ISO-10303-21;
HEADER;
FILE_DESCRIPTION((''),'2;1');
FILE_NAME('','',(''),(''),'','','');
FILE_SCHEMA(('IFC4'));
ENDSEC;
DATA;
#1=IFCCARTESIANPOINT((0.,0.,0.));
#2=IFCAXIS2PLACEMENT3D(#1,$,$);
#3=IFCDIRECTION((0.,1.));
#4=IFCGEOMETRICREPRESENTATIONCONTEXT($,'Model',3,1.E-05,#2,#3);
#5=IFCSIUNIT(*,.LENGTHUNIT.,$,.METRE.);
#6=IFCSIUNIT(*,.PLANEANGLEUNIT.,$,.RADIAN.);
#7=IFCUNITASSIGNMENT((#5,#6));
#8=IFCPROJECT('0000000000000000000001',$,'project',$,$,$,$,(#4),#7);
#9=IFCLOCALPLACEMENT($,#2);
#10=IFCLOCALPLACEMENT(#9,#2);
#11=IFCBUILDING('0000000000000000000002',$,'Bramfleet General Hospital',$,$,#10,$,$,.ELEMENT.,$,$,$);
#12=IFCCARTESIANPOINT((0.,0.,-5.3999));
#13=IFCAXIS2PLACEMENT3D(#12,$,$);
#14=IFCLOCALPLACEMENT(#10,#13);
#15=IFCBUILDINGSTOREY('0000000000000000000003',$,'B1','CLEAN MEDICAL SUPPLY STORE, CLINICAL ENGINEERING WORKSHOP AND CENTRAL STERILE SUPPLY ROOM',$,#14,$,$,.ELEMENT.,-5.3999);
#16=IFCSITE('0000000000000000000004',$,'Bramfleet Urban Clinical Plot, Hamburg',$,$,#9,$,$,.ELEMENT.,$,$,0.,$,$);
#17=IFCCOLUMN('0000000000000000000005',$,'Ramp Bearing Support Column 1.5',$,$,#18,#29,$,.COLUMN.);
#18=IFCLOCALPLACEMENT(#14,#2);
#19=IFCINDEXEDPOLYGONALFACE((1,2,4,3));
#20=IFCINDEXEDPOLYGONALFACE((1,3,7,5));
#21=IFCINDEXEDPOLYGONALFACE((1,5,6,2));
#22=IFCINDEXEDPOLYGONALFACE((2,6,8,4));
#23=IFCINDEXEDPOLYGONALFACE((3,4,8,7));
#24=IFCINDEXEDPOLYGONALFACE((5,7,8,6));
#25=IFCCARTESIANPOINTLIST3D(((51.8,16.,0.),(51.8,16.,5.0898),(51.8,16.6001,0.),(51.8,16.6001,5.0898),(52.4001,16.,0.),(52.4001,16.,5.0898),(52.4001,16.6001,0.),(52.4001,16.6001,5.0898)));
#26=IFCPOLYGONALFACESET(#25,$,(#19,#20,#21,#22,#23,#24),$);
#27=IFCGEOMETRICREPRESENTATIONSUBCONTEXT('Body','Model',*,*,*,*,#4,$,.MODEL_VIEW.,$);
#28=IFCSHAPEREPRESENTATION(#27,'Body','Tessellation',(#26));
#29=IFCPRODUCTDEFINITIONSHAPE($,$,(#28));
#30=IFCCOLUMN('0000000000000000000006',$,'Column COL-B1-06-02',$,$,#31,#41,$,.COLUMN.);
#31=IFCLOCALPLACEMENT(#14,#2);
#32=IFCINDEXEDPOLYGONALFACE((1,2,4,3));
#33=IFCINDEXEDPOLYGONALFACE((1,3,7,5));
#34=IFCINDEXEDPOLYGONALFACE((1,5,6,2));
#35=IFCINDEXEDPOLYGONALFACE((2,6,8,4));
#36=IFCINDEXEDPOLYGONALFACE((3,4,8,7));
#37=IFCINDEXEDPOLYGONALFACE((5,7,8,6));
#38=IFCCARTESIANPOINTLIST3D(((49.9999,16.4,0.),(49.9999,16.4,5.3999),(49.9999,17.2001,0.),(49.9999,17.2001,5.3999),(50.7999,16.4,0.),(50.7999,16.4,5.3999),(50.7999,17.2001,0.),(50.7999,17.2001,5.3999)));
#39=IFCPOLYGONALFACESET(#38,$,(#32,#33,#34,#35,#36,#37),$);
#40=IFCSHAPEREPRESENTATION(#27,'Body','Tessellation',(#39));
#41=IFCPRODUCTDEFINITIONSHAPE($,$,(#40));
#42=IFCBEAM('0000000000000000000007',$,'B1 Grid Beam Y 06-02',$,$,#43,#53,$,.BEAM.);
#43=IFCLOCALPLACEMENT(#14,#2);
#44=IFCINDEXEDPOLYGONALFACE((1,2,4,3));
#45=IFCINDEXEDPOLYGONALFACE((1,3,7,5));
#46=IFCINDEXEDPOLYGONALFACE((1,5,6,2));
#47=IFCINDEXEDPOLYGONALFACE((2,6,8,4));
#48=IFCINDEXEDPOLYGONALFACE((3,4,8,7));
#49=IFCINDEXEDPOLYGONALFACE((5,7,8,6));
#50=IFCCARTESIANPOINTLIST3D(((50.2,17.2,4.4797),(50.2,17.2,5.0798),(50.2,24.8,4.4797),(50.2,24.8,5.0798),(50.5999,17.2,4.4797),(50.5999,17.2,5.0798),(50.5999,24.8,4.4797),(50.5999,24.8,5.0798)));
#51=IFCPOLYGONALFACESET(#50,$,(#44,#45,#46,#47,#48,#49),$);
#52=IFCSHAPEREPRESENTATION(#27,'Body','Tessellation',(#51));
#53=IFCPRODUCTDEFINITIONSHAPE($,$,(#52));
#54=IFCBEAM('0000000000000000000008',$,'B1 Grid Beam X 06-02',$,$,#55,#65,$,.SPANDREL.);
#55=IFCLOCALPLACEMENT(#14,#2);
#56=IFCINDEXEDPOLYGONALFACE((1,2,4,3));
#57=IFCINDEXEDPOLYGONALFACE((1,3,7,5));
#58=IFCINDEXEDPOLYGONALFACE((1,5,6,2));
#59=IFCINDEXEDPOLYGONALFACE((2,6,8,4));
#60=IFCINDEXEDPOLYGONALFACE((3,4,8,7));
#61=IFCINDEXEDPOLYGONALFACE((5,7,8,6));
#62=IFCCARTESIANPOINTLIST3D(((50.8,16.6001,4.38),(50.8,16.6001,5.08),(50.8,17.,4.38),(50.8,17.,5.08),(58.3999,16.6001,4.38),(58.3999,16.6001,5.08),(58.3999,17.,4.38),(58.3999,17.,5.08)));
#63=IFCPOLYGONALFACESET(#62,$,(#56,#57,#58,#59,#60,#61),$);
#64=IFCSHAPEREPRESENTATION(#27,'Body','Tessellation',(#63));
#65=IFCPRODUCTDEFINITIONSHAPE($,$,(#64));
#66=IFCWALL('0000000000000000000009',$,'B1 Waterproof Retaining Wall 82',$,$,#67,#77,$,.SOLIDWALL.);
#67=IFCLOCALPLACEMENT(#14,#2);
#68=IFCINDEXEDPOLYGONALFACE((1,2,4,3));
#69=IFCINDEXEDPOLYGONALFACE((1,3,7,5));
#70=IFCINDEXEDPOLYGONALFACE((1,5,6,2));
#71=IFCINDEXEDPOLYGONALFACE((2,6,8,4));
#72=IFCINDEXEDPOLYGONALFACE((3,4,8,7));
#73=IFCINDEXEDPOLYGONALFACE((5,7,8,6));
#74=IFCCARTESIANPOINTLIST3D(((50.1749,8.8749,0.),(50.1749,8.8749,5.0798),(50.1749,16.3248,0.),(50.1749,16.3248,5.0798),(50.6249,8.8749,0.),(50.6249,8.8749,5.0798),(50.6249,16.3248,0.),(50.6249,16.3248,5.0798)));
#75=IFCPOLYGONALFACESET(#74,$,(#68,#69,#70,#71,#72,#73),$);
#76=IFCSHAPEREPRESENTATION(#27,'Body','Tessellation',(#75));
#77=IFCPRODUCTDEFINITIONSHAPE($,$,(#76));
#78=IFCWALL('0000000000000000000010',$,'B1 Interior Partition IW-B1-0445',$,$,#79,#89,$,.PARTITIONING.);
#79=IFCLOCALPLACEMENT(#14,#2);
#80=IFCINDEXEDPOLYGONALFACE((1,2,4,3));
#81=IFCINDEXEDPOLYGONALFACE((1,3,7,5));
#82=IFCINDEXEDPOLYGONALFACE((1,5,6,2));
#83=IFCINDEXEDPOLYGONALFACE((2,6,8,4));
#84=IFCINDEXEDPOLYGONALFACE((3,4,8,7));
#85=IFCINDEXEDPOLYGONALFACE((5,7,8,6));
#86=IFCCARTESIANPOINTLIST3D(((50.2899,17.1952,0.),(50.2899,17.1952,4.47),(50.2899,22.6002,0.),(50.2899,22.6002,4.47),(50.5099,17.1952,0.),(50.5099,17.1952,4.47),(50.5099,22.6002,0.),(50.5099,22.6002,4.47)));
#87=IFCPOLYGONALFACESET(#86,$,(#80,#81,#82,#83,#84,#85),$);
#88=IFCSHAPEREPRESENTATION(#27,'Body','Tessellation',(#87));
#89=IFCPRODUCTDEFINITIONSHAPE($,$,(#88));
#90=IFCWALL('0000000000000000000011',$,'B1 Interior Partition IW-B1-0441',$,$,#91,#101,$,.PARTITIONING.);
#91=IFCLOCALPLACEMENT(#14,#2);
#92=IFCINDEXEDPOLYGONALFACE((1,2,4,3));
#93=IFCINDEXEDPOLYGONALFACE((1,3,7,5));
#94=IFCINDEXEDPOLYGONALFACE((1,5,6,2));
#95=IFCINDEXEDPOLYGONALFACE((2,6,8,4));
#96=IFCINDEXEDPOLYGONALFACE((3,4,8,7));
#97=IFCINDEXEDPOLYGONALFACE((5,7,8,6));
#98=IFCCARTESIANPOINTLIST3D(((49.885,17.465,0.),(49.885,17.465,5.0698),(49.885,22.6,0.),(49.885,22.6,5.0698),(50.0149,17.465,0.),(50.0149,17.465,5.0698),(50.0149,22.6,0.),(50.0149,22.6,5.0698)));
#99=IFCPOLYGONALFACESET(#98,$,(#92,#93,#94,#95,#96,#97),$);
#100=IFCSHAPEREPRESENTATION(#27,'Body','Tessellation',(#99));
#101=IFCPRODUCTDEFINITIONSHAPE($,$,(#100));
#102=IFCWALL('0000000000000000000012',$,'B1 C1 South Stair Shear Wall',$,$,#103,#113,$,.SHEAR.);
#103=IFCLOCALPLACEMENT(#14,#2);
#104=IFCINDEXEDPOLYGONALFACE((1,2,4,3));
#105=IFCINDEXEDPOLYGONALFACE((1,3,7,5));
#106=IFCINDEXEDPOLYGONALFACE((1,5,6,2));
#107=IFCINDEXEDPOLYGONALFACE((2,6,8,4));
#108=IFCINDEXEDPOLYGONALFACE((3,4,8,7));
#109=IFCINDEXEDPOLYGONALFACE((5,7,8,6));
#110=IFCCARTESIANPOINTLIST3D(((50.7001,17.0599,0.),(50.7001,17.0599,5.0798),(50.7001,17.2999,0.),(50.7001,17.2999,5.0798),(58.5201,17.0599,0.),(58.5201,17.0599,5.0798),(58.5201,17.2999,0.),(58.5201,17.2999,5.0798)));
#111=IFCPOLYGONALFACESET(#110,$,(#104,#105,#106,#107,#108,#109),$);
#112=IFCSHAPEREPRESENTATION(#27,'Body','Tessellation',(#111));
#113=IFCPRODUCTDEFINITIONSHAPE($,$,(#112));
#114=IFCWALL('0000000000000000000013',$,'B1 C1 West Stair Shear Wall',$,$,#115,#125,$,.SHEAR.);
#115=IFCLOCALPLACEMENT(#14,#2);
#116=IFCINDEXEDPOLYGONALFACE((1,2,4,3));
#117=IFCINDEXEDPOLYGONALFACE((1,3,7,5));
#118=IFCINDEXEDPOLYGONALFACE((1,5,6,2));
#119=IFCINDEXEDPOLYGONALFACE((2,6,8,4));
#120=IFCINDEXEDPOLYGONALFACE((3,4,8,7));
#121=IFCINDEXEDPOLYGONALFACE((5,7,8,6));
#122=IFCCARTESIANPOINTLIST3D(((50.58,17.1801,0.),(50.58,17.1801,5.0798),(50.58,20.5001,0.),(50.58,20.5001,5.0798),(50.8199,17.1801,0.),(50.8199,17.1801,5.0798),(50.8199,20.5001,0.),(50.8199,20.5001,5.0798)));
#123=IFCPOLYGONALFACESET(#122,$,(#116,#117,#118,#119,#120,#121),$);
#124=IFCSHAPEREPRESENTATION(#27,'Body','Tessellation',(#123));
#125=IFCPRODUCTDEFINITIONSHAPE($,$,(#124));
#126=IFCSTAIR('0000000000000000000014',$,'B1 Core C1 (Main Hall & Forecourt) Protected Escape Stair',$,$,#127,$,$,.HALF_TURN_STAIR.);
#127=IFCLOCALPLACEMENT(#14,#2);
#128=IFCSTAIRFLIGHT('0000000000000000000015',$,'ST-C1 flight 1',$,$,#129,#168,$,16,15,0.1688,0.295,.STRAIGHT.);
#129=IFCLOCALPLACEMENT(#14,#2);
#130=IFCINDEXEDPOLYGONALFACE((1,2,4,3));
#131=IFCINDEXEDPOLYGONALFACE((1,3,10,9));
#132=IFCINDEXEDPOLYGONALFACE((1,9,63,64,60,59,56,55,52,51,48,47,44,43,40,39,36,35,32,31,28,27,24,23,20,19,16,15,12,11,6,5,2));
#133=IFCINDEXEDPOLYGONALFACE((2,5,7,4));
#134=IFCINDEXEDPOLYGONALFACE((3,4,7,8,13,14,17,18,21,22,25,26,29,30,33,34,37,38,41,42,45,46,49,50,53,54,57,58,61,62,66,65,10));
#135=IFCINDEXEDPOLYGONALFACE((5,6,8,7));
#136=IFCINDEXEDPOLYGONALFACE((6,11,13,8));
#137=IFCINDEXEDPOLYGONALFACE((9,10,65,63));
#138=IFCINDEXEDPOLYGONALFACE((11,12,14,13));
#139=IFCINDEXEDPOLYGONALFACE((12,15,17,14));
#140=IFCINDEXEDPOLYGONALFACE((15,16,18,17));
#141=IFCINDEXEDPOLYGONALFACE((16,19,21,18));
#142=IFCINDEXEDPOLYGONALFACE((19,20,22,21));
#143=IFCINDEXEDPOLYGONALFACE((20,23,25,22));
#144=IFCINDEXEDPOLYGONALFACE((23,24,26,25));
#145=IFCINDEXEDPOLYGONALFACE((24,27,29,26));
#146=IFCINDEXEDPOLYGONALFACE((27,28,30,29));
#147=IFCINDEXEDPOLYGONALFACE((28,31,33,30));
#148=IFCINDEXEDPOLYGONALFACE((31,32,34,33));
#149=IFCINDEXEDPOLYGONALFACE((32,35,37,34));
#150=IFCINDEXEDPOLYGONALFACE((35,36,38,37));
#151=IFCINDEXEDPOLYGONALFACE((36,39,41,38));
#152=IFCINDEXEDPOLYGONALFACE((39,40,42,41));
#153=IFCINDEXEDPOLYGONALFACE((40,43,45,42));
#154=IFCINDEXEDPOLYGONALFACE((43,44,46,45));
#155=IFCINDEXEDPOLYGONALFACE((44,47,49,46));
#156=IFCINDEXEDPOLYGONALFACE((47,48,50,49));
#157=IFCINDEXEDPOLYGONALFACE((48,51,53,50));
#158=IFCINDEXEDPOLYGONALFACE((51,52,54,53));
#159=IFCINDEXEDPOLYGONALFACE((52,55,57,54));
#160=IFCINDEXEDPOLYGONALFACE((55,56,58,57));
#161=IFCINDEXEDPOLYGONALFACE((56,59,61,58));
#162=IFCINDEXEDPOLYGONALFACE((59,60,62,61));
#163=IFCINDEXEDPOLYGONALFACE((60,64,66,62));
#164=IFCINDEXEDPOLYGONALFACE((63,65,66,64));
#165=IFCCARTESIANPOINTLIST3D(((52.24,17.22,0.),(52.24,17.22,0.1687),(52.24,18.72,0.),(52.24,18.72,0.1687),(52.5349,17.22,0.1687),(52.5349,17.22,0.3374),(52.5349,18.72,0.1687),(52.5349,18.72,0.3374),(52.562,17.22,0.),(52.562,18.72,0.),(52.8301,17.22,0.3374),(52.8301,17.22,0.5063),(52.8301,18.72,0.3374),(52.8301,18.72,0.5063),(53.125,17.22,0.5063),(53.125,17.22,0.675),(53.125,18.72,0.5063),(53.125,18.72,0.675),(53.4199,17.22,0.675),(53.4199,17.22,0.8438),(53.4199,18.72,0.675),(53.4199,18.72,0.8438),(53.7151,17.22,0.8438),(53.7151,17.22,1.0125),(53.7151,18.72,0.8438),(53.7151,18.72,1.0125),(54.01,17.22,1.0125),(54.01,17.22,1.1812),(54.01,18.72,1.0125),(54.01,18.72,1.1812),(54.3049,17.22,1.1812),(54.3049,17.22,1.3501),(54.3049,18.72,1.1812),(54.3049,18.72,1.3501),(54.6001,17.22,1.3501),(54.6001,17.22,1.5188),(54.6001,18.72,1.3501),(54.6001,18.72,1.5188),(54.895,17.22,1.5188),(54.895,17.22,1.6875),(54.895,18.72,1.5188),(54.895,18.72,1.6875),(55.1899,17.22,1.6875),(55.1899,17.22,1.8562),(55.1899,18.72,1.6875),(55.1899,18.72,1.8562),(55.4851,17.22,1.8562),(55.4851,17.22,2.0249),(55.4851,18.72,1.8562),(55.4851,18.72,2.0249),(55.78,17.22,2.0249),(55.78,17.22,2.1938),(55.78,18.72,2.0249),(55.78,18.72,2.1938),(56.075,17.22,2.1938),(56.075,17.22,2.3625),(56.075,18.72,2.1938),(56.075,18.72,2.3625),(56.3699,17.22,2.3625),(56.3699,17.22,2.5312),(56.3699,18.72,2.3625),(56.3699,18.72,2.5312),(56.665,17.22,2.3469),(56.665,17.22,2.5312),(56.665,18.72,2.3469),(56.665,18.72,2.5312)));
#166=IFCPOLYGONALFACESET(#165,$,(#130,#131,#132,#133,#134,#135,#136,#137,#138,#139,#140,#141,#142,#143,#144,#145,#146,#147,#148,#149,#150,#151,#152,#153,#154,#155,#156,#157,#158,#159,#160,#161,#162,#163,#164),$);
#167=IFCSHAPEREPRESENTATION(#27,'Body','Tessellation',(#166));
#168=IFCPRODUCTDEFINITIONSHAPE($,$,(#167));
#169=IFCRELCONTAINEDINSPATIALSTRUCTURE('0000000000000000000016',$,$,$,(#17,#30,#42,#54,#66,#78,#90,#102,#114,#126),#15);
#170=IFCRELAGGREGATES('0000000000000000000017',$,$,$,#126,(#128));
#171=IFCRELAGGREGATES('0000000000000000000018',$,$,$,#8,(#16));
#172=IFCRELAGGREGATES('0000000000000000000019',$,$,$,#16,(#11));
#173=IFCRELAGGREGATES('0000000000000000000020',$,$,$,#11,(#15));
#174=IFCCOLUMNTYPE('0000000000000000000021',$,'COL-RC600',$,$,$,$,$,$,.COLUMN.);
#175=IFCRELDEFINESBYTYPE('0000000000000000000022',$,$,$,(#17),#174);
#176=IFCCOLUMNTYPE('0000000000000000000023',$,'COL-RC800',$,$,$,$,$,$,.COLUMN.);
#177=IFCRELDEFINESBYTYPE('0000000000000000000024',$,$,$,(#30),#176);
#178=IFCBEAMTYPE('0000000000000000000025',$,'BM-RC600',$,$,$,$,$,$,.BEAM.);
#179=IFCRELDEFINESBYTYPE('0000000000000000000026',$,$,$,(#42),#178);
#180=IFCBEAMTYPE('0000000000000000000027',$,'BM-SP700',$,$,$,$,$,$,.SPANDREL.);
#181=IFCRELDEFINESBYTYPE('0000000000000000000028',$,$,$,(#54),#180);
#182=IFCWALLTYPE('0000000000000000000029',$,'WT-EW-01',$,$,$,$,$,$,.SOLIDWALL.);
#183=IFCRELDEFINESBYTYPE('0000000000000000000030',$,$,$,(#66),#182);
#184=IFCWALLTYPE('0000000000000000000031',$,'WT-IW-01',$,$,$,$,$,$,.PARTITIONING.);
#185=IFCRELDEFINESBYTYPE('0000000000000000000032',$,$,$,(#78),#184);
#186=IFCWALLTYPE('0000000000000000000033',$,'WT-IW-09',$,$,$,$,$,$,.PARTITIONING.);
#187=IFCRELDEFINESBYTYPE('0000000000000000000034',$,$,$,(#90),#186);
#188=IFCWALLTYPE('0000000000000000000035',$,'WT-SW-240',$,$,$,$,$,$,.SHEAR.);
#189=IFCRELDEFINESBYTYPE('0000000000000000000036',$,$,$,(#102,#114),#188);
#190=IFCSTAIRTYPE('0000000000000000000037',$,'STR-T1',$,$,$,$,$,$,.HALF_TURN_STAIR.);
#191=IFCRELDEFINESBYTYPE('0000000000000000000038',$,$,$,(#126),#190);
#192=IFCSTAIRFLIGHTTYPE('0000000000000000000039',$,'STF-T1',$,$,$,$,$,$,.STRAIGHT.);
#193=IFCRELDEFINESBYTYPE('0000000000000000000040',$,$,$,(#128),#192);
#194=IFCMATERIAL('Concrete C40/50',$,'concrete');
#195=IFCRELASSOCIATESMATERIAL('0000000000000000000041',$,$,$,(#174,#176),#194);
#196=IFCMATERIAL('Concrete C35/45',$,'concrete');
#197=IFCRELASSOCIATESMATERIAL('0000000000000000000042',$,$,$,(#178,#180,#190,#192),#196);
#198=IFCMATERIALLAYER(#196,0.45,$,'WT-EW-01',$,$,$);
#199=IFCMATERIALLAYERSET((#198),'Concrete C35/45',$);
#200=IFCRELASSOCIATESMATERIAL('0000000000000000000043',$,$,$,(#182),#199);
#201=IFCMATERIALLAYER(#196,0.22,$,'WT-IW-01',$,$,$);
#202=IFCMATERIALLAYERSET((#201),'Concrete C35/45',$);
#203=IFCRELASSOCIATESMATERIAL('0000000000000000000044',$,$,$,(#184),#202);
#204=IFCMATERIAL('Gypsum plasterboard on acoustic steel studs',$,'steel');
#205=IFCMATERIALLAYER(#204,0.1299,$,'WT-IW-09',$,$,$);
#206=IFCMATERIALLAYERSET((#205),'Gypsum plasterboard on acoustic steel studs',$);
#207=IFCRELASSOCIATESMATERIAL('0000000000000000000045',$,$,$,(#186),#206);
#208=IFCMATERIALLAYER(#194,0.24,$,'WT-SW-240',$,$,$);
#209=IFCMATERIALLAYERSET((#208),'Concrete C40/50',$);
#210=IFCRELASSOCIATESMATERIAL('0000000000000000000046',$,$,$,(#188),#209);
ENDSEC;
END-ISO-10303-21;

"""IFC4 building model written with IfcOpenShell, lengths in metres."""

from ifc_helpers import new_model, si_unit, direction, frame, frame_2d, origin, origin_2d, place, context, subcontext, project, spatial, polyline, rectangle, outline, extrude, material, layer, layer_set, material_profile, profile_set, type_object, element, aggregate, save


model = new_model("IFC4")

# Units and contexts
model_context = context("Model", 3, precision=1e-05, world=origin(), true_north=direction((0.0, 1.0)))
body_context = subcontext(model_context, "Body", "Model", "MODEL_VIEW")
ifc_project = project(units=[si_unit("LENGTHUNIT", "METRE"), si_unit("PLANEANGLEUNIT", "RADIAN")], contexts=[model_context])

# Site, building, storey
site_placement = place(None, origin())
site = spatial("IfcSite", under=ifc_project, at=site_placement, Name="Bramfleet Urban Clinical Plot, Hamburg", CompositionType="ELEMENT", RefElevation=0.0)
building_placement = place(site_placement, origin())
building = spatial("IfcBuilding", under=site, at=building_placement, Name="Bramfleet General Hospital", CompositionType="ELEMENT")
storey_placement = place(building_placement, frame((0.0, 0.0, -5.3999)))
storey = spatial("IfcBuildingStorey", under=building, at=storey_placement, Name="B1", Description="CLEAN MEDICAL SUPPLY STORE, CLINICAL ENGINEERING WORKSHOP AND CENTRAL STERILE SUPPLY ROOM", CompositionType="ELEMENT", Elevation=-5.3999)

# Shared definitions
ifc_material_1 = material(Name="Concrete C35/45", Category="concrete")

# Columns
ifc_material_2 = material(Name="Concrete C40/50", Category="concrete")
ifc_material_profile_1 = material_profile(ifc_material_2, rectangle(XDim=0.6001, YDim=0.6001, at=origin_2d()), Name="RC COL 600x600")
ifc_profile_set_1 = profile_set([ifc_material_profile_1], Name="Concrete C40/50")
column_type_1 = type_object("IfcColumnType", Name="COL-RC600", PredefinedType="COLUMN", material=ifc_profile_set_1)
column_1_placement = place(storey_placement, frame((52.1001, 16.3, 0.0), z_axis=(0.0, 0.0, 1.0), x_axis=(1.0, 0.0, 0.0)))
element("IfcColumn", 1, at=column_1_placement, inside=storey, type_object=column_type_1, Name="Ramp Bearing Support Column 1.5", PredefinedType="COLUMN", context=body_context, shape_type="SweptSolid", body=[
    extrude(rectangle(XDim=0.6001, YDim=0.6001, at=origin_2d()), origin(), (0.0, 0.0, 1.0), 5.0898),
])
ifc_material_profile_2 = material_profile(ifc_material_2, rectangle(XDim=0.8, YDim=0.8, at=origin_2d()), Name="RC COL 800x800")
ifc_profile_set_2 = profile_set([ifc_material_profile_2], Name="Concrete C40/50")
column_type_2 = type_object("IfcColumnType", Name="COL-RC800", PredefinedType="COLUMN", material=ifc_profile_set_2)
column_2_placement = place(storey_placement, frame((50.3999, 16.8, 0.0), z_axis=(0.0, 0.0, 1.0), x_axis=(1.0, 0.0, 0.0)))
element("IfcColumn", 2, at=column_2_placement, inside=storey, type_object=column_type_2, Name="Column COL-B1-06-02", PredefinedType="COLUMN", context=body_context, shape_type="SweptSolid", body=[
    extrude(rectangle(XDim=0.8, YDim=0.8, at=origin_2d()), origin(), (0.0, 0.0, 1.0), 5.3999),
])

# Beams
ifc_material_profile_3 = material_profile(ifc_material_1, rectangle(XDim=0.3999, YDim=0.6001, at=origin_2d()), Name="RC BM 600x400")
ifc_profile_set_3 = profile_set([ifc_material_profile_3], Name="Concrete C35/45")
beam_type_1 = type_object("IfcBeamType", Name="BM-RC600", PredefinedType="BEAM", material=ifc_profile_set_3)
beam_1_placement = place(storey_placement, frame((50.3999, 17.2, 4.7798), z_axis=(0.0, 1.0, 0.0), x_axis=(-1.0, 0.0, 0.0)))
element("IfcBeam", 3, at=beam_1_placement, inside=storey, type_object=beam_type_1, Name="B1 Grid Beam Y 06-02", PredefinedType="BEAM", context=body_context, shape_type="SweptSolid", body=[
    extrude(rectangle(XDim=0.3999, YDim=0.6001, at=origin_2d()), origin(), (0.0, 0.0, 1.0), 7.6001),
])
ifc_material_profile_4 = material_profile(ifc_material_1, rectangle(XDim=0.3999, YDim=0.7, at=origin_2d()), Name="RC SP 700x400")
ifc_profile_set_4 = profile_set([ifc_material_profile_4], Name="Concrete C35/45")
beam_type_2 = type_object("IfcBeamType", Name="BM-SP700", PredefinedType="SPANDREL", material=ifc_profile_set_4)
beam_2_placement = place(storey_placement, frame((50.8, 16.8, 4.73), z_axis=(1.0, 0.0, 0.0), x_axis=(0.0, 1.0, 0.0)))
element("IfcBeam", 4, at=beam_2_placement, inside=storey, type_object=beam_type_2, Name="B1 Grid Beam X 06-02", PredefinedType="SPANDREL", context=body_context, shape_type="SweptSolid", body=[
    extrude(rectangle(XDim=0.3999, YDim=0.7, at=origin_2d()), origin(), (0.0, 0.0, 1.0), 7.5999),
])

# Walls
ifc_layer_1 = layer(ifc_material_1, 0.45, Name="WT-EW-01")
ifc_layer_set_1 = layer_set([ifc_layer_1], Name="Concrete C35/45")
wall_type_1 = type_object("IfcWallType", Name="WT-EW-01", PredefinedType="SOLIDWALL", material=ifc_layer_set_1)
wall_1_placement = place(storey_placement, frame((50.3999, 16.325, 0.0), z_axis=(0.0, 0.0, 1.0), x_axis=(0.0, -1.0, 0.0)))
element("IfcWall", 5, at=wall_1_placement, inside=storey, type_object=wall_type_1, Name="B1 Waterproof Retaining Wall 82", PredefinedType="SOLIDWALL", context=body_context, shape_type="SweptSolid", body=[
    extrude(rectangle(XDim=7.45, YDim=0.45, at=frame_2d((3.7251, 0.0))), origin(), (0.0, 0.0, 1.0), 5.0798),
])
ifc_layer_2 = layer(ifc_material_1, 0.22, Name="WT-IW-01")
ifc_layer_set_2 = layer_set([ifc_layer_2], Name="Concrete C35/45")
wall_type_2 = type_object("IfcWallType", Name="WT-IW-01", PredefinedType="PARTITIONING", material=ifc_layer_set_2)
wall_2_placement = place(storey_placement, frame((50.3999, 17.1951, 0.0), z_axis=(0.0, 0.0, 1.0), x_axis=(0.0, 1.0, 0.0)))
element("IfcWall", 6, at=wall_2_placement, inside=storey, type_object=wall_type_2, Name="B1 Interior Partition IW-B1-0445", PredefinedType="PARTITIONING", context=body_context, shape_type="SweptSolid", body=[
    extrude(rectangle(XDim=5.405, YDim=0.22, at=frame_2d((2.7026, 0.0))), origin(), (0.0, 0.0, 1.0), 4.47),
])
ifc_material_3 = material(Name="Gypsum plasterboard on acoustic steel studs", Category="steel")
ifc_layer_3 = layer(ifc_material_3, 0.1299, Name="WT-IW-09")
ifc_layer_set_3 = layer_set([ifc_layer_3], Name="Gypsum plasterboard on acoustic steel studs")
wall_type_3 = type_object("IfcWallType", Name="WT-IW-09", PredefinedType="PARTITIONING", material=ifc_layer_set_3)
wall_3_placement = place(storey_placement, frame((49.95, 17.4651, 0.0), z_axis=(0.0, 0.0, 1.0), x_axis=(0.0, 1.0, 0.0)))
element("IfcWall", 7, at=wall_3_placement, inside=storey, type_object=wall_type_3, Name="B1 Interior Partition IW-B1-0441", PredefinedType="PARTITIONING", context=body_context, shape_type="SweptSolid", body=[
    extrude(rectangle(XDim=5.135, YDim=0.1299, at=frame_2d((2.5674, 0.0))), origin(), (0.0, 0.0, 1.0), 5.0698),
])
ifc_layer_4 = layer(ifc_material_2, 0.24, Name="WT-SW-240")
ifc_layer_set_4 = layer_set([ifc_layer_4], Name="Concrete C40/50")
wall_type_4 = type_object("IfcWallType", Name="WT-SW-240", PredefinedType="SHEAR", material=ifc_layer_set_4)
wall_4_placement = place(storey_placement, frame((50.7, 17.1799, 0.0), z_axis=(0.0, 0.0, 1.0), x_axis=(1.0, 0.0, 0.0)))
element("IfcWall", 8, at=wall_4_placement, inside=storey, type_object=wall_type_4, Name="B1 C1 South Stair Shear Wall", PredefinedType="SHEAR", context=body_context, shape_type="SweptSolid", body=[
    extrude(rectangle(XDim=7.8201, YDim=0.24, at=frame_2d((3.9102, 0.0))), origin(), (0.0, 0.0, 1.0), 5.0798),
])
wall_5_placement = place(storey_placement, frame((50.7, 17.1799, 0.0), z_axis=(0.0, 0.0, 1.0), x_axis=(0.0, 1.0, 0.0)))
element("IfcWall", 9, at=wall_5_placement, inside=storey, type_object=wall_type_4, Name="B1 C1 West Stair Shear Wall", PredefinedType="SHEAR", context=body_context, shape_type="SweptSolid", body=[
    extrude(rectangle(XDim=3.3201, YDim=0.24, at=frame_2d((1.6602, 0.0))), origin(), (0.0, 0.0, 1.0), 5.0798),
])

# Stair, stair flight
stair_type = type_object("IfcStairType", Name="STR-T1", PredefinedType="HALF_TURN_STAIR", material=ifc_material_1)
stair_placement = place(storey_placement, origin())
stair = element("IfcStair", 10, at=stair_placement, inside=storey, type_object=stair_type, Name="B1 Core C1 (Main Hall & Forecourt) Protected Escape Stair", PredefinedType="HALF_TURN_STAIR")
stair_flight_type = type_object("IfcStairFlightType", Name="STF-T1", PredefinedType="STRAIGHT", material=ifc_material_1)
stair_flight_placement = place(storey_placement, frame((52.24, 17.97, 0.0), z_axis=(0.0, 0.0, 1.0), x_axis=(1.0, 0.0, 0.0)))
stair_flight = element("IfcStairFlight", 11, at=stair_flight_placement, type_object=stair_flight_type, Name="ST-C1 flight 1", NumberOfRisers=16, NumberOfTreads=15, PredefinedType="STRAIGHT", RiserHeight=0.1688, TreadLength=0.295, context=body_context, shape_type="SweptSolid", body=[
    extrude(outline(polyline([(0.0, 0.0), (0.0, 0.1687), (0.2949, 0.1687), (0.2949, 0.3374), (0.5901, 0.3374), (0.5901, 0.5063), (0.885, 0.5063), (0.885, 0.675), (1.1799, 0.675), (1.1799, 0.8438), (1.4751, 0.8438), (1.4751, 1.0125), (1.77, 1.0125), (1.77, 1.1812), (2.0649, 1.1812), (2.0649, 1.3501), (2.3601, 1.3501), (2.3601, 1.5188), (2.655, 1.5188), (2.655, 1.6875), (2.95, 1.6875), (2.95, 1.8562), (3.2451, 1.8562), (3.2451, 2.0249), (3.54, 2.0249), (3.54, 2.1938), (3.835, 2.1938), (3.835, 2.3625), (4.1299, 2.3625), (4.1299, 2.5312), (4.425, 2.5312), (4.425, 2.7), (4.425, 2.3469), (0.322, 0.0), (0.0, 0.0)])), frame((0.0, 0.75, 0.0), z_axis=(0.0, -1.0, 0.0), x_axis=(1.0, 0.0, 0.0)), (0.0, 0.0, 1.0), 1.5),
])
aggregate(stair, [stair_flight])

save(model, "model.ifc")
